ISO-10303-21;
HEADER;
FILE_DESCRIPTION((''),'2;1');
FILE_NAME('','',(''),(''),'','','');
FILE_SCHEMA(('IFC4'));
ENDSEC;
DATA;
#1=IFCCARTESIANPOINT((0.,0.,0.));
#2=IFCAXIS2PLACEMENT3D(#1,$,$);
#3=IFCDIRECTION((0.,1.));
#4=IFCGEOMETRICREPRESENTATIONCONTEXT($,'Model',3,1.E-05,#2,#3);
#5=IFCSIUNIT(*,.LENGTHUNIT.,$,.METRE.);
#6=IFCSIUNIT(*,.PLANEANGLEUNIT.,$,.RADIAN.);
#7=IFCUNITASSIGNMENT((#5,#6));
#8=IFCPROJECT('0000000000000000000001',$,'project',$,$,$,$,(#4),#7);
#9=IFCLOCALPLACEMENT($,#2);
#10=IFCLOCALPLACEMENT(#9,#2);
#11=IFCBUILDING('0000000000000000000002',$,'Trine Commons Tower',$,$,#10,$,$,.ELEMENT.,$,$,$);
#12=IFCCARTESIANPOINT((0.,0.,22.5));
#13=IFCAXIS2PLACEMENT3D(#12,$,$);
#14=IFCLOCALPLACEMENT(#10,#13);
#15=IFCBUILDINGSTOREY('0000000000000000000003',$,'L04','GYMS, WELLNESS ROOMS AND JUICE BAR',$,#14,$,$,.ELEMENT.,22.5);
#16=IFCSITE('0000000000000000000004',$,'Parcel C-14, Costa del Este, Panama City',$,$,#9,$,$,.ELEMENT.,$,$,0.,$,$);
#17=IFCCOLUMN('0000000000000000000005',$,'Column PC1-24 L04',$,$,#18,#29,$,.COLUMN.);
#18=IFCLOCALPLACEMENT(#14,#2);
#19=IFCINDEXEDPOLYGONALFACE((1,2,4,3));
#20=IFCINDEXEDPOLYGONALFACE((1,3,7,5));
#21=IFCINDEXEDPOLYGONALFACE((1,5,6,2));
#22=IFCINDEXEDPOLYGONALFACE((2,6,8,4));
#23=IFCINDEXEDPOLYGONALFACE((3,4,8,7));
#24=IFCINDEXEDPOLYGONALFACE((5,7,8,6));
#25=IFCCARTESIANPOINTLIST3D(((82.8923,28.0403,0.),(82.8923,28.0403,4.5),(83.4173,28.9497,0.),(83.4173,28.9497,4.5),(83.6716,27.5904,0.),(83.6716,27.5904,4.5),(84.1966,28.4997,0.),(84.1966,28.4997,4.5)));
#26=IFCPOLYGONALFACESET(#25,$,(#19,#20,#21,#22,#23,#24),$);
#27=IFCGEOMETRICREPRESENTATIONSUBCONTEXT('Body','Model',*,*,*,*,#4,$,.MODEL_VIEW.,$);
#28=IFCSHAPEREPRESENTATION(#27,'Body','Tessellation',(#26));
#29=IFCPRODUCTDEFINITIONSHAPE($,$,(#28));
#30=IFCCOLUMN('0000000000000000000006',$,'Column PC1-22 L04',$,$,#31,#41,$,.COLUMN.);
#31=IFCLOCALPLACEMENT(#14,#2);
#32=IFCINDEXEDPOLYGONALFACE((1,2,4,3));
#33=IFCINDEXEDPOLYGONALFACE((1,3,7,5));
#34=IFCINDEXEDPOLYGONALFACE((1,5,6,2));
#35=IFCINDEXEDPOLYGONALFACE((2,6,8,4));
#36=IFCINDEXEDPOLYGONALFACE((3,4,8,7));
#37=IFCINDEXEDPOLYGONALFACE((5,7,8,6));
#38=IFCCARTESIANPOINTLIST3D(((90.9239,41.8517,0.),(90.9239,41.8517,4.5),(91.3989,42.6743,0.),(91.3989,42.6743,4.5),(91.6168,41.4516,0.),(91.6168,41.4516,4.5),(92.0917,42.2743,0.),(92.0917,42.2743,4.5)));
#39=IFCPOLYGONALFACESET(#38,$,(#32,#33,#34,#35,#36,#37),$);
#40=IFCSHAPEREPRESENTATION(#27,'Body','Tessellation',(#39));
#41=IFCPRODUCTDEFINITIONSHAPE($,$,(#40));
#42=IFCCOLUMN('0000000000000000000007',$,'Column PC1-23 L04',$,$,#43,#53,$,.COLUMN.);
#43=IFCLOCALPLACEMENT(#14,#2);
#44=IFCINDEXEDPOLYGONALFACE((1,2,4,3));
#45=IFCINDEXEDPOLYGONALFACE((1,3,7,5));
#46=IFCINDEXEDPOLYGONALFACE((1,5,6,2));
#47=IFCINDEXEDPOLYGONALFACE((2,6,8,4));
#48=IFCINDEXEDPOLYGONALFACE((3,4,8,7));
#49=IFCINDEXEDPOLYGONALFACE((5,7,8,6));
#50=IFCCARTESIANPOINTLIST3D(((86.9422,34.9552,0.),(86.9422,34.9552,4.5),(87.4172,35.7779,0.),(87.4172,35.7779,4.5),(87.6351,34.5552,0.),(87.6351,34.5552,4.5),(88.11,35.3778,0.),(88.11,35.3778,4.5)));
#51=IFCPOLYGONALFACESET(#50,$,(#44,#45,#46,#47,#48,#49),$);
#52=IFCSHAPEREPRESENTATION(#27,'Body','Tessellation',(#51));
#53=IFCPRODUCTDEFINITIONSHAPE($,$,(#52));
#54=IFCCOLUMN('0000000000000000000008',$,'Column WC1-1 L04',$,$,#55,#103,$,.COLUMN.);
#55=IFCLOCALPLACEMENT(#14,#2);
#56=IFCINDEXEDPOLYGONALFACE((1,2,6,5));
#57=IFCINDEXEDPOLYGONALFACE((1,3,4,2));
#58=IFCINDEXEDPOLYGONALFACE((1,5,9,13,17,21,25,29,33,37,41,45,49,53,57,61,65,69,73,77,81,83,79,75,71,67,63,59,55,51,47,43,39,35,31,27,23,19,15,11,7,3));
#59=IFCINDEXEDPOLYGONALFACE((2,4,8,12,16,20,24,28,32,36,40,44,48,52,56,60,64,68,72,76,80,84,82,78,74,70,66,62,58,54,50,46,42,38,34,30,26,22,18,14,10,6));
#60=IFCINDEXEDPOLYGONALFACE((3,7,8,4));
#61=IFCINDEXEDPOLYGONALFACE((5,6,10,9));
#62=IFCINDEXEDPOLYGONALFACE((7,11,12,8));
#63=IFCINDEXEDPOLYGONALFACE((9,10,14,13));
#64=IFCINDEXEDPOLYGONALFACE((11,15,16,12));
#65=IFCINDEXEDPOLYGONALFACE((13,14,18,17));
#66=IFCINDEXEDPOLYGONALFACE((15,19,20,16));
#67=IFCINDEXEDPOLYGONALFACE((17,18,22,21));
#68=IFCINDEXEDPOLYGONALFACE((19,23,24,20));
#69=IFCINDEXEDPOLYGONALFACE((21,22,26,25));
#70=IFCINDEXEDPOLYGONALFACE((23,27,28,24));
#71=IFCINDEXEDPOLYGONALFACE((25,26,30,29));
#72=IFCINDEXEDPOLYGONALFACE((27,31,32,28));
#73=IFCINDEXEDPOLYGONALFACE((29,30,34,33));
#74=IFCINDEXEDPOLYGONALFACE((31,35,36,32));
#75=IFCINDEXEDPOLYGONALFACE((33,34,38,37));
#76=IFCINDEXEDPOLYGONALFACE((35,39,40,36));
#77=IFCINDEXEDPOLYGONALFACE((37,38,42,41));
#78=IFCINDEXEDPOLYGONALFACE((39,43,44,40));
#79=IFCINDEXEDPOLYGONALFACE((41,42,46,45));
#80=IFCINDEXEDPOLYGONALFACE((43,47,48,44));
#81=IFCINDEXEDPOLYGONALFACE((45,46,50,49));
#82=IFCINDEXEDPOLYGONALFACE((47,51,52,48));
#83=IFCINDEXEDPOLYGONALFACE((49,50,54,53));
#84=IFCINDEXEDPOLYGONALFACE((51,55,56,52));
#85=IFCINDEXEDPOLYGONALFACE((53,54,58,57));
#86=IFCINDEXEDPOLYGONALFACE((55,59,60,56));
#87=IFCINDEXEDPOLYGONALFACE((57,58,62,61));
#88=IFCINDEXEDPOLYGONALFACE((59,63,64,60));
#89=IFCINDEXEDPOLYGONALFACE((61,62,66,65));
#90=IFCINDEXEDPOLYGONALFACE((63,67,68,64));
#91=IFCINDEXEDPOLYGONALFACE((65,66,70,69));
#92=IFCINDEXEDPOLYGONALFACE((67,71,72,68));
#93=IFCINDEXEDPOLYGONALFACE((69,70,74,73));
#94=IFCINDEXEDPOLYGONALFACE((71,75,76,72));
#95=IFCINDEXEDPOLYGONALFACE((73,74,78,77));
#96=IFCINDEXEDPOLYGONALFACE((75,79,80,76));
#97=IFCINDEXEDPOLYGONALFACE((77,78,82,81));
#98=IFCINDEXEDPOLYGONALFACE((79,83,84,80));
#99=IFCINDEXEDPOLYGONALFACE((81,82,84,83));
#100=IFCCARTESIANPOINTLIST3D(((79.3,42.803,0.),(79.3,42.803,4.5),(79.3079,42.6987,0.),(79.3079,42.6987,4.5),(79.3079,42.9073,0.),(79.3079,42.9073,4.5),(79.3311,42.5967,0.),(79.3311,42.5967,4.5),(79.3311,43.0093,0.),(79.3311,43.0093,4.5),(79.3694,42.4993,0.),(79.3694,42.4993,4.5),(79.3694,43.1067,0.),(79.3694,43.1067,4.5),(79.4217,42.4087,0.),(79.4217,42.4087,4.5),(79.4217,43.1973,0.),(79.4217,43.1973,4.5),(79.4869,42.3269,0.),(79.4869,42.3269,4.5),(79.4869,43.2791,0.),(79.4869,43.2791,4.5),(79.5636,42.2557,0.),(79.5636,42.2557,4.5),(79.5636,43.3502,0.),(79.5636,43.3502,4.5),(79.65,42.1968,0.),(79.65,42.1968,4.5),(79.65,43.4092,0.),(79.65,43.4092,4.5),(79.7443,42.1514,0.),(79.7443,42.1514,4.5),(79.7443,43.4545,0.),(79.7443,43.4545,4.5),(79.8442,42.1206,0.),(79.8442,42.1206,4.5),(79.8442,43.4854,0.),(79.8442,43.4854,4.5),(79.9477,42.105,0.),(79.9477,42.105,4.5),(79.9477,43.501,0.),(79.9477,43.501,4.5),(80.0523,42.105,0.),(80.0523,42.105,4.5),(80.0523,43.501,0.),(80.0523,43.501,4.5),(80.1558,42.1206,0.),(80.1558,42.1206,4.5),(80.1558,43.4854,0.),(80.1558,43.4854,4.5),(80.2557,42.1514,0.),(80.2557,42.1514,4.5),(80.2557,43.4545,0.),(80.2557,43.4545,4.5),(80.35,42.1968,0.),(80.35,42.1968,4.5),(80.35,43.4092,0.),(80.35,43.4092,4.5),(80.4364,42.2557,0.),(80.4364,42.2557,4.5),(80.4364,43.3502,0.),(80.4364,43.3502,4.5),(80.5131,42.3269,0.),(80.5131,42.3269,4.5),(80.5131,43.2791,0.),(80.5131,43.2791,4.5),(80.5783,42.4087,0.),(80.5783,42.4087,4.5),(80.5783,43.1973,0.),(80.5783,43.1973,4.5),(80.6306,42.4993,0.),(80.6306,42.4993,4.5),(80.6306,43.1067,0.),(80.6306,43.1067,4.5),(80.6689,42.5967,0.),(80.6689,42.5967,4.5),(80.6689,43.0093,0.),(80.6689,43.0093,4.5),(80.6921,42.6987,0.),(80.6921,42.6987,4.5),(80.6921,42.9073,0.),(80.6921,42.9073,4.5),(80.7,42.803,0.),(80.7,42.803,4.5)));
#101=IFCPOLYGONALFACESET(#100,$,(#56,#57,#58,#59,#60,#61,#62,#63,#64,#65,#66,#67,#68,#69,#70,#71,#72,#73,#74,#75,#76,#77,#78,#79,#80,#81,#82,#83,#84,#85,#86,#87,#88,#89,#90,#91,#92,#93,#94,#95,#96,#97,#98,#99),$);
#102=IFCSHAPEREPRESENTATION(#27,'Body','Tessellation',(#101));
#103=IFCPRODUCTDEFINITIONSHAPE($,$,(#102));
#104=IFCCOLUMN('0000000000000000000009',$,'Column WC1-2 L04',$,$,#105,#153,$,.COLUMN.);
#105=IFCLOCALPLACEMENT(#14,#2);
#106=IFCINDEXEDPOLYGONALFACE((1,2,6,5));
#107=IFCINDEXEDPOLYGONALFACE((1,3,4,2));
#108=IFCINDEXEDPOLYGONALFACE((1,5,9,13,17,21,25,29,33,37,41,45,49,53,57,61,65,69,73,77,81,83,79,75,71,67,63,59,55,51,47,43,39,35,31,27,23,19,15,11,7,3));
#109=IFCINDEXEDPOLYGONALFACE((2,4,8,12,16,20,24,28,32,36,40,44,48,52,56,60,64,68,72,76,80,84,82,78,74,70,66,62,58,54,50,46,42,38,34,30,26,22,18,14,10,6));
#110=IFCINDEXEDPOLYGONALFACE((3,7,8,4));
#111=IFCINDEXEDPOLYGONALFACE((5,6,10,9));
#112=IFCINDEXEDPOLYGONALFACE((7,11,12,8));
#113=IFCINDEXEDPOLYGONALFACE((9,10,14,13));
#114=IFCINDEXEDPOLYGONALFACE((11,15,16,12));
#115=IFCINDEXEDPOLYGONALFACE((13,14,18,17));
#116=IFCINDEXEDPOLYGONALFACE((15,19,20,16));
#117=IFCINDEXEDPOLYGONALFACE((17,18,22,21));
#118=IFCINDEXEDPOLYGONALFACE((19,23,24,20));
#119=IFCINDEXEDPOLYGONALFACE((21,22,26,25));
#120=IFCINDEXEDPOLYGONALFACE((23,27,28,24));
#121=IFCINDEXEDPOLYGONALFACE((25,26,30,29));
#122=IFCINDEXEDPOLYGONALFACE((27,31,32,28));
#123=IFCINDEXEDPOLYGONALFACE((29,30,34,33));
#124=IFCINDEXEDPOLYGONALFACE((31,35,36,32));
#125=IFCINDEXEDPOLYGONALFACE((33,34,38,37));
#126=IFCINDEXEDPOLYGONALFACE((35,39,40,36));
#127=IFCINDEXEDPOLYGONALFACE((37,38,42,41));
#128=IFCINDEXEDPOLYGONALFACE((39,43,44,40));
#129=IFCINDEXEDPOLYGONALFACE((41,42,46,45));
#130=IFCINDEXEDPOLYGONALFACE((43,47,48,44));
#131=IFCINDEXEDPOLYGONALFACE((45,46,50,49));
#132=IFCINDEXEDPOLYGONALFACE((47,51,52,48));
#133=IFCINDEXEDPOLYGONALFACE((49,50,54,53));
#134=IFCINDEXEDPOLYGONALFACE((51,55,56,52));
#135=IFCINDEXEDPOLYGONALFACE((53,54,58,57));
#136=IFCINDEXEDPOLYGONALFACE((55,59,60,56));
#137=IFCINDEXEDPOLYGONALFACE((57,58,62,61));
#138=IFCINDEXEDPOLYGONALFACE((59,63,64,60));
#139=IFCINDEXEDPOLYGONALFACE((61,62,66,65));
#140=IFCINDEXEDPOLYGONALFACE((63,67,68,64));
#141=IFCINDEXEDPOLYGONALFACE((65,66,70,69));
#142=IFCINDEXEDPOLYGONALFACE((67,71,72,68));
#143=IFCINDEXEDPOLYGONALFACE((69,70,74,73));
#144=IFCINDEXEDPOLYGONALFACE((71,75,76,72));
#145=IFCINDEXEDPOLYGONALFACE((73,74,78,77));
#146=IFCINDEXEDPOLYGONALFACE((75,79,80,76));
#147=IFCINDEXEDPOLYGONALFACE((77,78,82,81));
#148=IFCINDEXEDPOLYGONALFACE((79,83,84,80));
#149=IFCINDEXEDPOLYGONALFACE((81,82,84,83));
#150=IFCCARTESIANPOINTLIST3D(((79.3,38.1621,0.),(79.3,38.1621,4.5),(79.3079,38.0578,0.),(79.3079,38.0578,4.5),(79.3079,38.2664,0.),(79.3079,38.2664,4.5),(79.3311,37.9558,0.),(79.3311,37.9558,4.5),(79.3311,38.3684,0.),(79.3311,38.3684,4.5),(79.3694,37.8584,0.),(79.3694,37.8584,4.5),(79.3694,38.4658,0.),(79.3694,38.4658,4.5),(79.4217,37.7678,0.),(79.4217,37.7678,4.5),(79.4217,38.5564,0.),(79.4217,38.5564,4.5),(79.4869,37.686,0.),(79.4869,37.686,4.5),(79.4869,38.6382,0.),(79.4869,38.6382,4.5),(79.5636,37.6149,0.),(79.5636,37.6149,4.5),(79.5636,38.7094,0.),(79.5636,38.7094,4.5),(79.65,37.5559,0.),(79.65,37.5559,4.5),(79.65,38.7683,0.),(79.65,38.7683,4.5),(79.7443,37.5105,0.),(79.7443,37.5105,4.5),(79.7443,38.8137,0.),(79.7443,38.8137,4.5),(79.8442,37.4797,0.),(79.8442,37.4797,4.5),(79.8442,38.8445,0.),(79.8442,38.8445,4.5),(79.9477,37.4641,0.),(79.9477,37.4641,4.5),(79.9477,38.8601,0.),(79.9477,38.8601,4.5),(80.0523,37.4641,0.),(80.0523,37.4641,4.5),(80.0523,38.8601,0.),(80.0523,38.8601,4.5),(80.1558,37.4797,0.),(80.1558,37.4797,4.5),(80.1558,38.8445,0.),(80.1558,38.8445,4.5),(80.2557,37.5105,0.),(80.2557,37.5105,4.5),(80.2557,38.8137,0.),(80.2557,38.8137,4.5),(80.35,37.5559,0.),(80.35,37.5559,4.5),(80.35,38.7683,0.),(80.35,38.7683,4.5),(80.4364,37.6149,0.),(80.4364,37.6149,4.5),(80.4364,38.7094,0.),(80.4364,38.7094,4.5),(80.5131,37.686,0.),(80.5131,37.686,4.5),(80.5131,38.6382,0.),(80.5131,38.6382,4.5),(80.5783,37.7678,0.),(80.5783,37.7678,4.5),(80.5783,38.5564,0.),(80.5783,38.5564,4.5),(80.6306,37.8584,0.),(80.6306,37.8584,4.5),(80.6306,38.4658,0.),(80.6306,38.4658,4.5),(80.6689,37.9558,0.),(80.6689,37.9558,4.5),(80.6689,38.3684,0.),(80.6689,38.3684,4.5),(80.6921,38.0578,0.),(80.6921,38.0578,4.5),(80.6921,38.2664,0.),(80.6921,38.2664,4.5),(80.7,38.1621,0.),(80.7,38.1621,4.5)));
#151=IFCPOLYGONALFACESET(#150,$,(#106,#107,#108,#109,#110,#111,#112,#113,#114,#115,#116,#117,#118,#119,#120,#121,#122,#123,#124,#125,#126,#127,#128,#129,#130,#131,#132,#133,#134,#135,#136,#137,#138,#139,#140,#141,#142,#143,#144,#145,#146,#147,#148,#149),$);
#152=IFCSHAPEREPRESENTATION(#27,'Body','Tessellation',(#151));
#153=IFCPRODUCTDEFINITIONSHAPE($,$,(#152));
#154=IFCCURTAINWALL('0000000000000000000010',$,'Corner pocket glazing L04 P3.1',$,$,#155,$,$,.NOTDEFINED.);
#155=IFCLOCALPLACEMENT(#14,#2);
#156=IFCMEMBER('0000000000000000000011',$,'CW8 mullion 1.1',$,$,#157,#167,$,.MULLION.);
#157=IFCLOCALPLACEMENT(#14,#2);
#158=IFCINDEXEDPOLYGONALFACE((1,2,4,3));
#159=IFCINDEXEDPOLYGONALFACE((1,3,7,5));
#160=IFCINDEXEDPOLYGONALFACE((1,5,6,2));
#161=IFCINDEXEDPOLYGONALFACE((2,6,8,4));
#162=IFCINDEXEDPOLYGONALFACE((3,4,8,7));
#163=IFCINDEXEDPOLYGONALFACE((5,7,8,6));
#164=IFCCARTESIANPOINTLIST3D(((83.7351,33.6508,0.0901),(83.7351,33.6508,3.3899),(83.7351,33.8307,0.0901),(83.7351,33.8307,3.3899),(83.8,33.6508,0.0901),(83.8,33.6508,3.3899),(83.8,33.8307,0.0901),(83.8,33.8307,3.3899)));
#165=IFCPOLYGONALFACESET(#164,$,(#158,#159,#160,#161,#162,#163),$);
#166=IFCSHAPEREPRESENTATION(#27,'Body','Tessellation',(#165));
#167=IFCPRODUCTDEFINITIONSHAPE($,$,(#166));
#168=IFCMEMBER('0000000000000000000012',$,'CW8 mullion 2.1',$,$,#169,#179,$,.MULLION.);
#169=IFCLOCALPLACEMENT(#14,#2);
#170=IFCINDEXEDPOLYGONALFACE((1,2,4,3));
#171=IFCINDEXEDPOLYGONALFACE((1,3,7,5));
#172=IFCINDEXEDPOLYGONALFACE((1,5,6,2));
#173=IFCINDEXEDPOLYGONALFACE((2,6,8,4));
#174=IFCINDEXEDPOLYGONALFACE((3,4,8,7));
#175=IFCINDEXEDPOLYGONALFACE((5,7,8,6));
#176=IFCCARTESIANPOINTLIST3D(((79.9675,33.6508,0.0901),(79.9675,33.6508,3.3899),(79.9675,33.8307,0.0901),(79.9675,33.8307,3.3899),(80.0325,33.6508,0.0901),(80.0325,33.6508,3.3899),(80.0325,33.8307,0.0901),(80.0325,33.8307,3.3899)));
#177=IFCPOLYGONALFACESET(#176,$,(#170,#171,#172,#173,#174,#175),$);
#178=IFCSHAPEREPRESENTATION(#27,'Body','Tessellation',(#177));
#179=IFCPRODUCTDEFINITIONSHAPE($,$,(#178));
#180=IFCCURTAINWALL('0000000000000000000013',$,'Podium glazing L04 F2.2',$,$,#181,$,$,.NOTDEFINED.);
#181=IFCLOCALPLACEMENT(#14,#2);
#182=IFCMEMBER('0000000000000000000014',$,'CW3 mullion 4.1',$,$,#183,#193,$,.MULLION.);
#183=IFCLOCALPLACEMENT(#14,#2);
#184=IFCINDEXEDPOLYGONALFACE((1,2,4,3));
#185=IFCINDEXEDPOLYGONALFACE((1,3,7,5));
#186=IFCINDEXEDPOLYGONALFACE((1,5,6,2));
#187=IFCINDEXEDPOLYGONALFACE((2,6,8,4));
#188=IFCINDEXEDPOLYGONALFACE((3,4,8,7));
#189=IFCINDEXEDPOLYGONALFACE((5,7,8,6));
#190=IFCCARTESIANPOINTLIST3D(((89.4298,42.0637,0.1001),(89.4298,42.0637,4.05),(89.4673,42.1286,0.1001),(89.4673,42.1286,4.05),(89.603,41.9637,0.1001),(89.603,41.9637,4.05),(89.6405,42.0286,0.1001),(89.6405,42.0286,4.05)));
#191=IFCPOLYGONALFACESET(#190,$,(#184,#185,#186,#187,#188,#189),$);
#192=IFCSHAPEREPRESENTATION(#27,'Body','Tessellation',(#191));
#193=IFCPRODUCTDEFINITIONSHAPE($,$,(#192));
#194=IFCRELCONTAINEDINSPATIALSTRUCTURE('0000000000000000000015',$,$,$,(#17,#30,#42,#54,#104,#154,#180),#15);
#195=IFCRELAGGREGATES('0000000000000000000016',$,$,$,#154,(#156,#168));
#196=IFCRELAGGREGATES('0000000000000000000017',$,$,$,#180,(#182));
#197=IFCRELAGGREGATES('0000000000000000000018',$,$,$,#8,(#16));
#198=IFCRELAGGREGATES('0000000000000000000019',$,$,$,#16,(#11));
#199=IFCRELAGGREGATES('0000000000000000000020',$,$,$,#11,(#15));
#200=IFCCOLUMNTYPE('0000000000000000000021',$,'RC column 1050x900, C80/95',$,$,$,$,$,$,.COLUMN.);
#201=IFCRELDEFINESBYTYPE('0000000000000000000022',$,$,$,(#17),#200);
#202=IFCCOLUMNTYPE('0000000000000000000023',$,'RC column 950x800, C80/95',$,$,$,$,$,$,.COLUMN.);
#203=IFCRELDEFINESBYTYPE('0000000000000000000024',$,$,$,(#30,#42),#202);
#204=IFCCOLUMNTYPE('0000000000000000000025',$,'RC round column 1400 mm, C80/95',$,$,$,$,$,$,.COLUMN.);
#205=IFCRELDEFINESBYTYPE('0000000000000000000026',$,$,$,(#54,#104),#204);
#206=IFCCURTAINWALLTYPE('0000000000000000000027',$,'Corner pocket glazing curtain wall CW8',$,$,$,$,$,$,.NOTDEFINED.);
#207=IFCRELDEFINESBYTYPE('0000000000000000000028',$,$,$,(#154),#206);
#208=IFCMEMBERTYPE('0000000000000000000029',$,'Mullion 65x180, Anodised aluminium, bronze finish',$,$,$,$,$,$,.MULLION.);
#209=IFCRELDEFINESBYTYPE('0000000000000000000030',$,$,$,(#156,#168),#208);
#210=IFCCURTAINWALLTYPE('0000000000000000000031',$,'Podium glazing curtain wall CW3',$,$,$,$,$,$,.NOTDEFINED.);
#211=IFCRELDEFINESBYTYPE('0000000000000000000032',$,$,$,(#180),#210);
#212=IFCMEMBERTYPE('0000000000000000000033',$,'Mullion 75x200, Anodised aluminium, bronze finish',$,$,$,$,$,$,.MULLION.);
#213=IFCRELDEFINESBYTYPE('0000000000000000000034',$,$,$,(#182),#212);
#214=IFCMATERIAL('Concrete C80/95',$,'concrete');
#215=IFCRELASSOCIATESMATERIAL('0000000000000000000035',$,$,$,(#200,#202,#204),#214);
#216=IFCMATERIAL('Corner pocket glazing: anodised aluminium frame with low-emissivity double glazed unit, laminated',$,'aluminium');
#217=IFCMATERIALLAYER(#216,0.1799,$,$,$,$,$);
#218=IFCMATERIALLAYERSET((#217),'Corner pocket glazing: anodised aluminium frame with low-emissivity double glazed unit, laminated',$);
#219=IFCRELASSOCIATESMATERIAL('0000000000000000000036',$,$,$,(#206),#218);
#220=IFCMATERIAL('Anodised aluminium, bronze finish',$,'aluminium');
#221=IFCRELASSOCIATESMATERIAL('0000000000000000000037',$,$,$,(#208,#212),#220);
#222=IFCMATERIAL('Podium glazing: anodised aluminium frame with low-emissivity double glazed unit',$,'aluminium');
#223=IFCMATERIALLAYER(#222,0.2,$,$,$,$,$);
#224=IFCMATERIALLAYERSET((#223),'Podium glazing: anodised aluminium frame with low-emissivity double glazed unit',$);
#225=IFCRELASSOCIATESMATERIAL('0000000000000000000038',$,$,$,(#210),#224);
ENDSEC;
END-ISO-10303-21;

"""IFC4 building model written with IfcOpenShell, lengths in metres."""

from ifc_helpers import new_model, si_unit, direction, frame, origin, origin_2d, place, context, subcontext, project, spatial, rectangle, circle, extrude, material, layer, layer_set, material_profile, profile_set, type_object, element, aggregate, save


model = new_model("IFC4")

# Units and contexts
model_context = context("Model", 3, precision=1e-05, world=origin(), true_north=direction((0.0, 1.0)))
body_context = subcontext(model_context, "Body", "Model", "MODEL_VIEW")
ifc_project = project(units=[si_unit("LENGTHUNIT", "METRE"), si_unit("PLANEANGLEUNIT", "RADIAN")], contexts=[model_context])

# Site, building, storey
site_placement = place(None, origin())
site = spatial("IfcSite", under=ifc_project, at=site_placement, Name="Parcel C-14, Costa del Este, Panama City", CompositionType="ELEMENT", RefElevation=0.0)
building_placement = place(site_placement, origin())
building = spatial("IfcBuilding", under=site, at=building_placement, Name="Trine Commons Tower", CompositionType="ELEMENT")
storey_placement = place(building_placement, frame((0.0, 0.0, 22.5)))
storey = spatial("IfcBuildingStorey", under=building, at=storey_placement, Name="L04", Description="GYMS, WELLNESS ROOMS AND JUICE BAR", CompositionType="ELEMENT", Elevation=22.5)

# Columns
ifc_material_1 = material(Name="Concrete C80/95", Category="concrete")
ifc_material_profile_1 = material_profile(ifc_material_1, rectangle(XDim=1.05, YDim=0.8999, at=origin_2d()), Name="RC 1050x900")
ifc_profile_set_1 = profile_set([ifc_material_profile_1], Name="Concrete C80/95")
column_type_1 = type_object("IfcColumnType", Name="RC column 1050x900, C80/95", PredefinedType="COLUMN", material=ifc_profile_set_1)
column_placement = place(storey_placement, frame((83.5444, 28.27, 0.0), z_axis=(0.0, 0.0, 1.0), x_axis=(0.5, 0.866025, 0.0)))
element("IfcColumn", 1, at=column_placement, inside=storey, type_object=column_type_1, Name="Column PC1-24 L04", PredefinedType="COLUMN", context=body_context, shape_type="SweptSolid", body=[
    extrude(rectangle(XDim=1.05, YDim=0.8999, at=origin_2d()), origin(), (0.0, 0.0, 1.0), 4.5),
])
ifc_material_profile_2 = material_profile(ifc_material_1, rectangle(XDim=0.95, YDim=0.8, at=origin_2d()), Name="RC 950x800")
ifc_profile_set_2 = profile_set([ifc_material_profile_2], Name="Concrete C80/95")
column_type_2 = type_object("IfcColumnType", Name="RC column 950x800, C80/95", PredefinedType="COLUMN", material=ifc_profile_set_2)
for number, where, z_axis, x_axis, name in (
    (2, (91.5078, 42.063, 0.0), (0.0, 0.0, 1.0), (0.5, 0.866025, 0.0), "Column PC1-22 L04"),
    (3, (87.5261, 35.1665, 0.0), (0.0, 0.0, 1.0), (0.5, 0.866025, 0.0), "Column PC1-23 L04"),
):
    element("IfcColumn", number, at=place(storey_placement, frame(where, z_axis=z_axis, x_axis=x_axis)), inside=storey, type_object=column_type_2, Name=name, PredefinedType="COLUMN", context=body_context, shape_type="SweptSolid", body=[
        extrude(rectangle(XDim=0.95, YDim=0.8, at=origin_2d()), origin(), (0.0, 0.0, 1.0), 4.5),
    ])
ifc_material_profile_3 = material_profile(ifc_material_1, circle(Radius=0.7, at=origin_2d()), Name="RC round 1400")
ifc_profile_set_3 = profile_set([ifc_material_profile_3], Name="Concrete C80/95")
column_type_3 = type_object("IfcColumnType", Name="RC round column 1400 mm, C80/95", PredefinedType="COLUMN", material=ifc_profile_set_3)
for number, where, z_axis, x_axis, name in (
    (4, (80.0, 42.803, 0.0), (0.0, 0.0, 1.0), (1.0, 0.0, 0.0), "Column WC1-1 L04"),
    (5, (80.0, 38.1621, 0.0), (0.0, 0.0, 1.0), (1.0, 0.0, 0.0), "Column WC1-2 L04"),
):
    element("IfcColumn", number, at=place(storey_placement, frame(where, z_axis=z_axis, x_axis=x_axis)), inside=storey, type_object=column_type_3, Name=name, PredefinedType="COLUMN", context=body_context, shape_type="SweptSolid", body=[
        extrude(circle(Radius=0.7, at=origin_2d()), origin(), (0.0, 0.0, 1.0), 4.5),
    ])

# Curtain walls, members
ifc_material_2 = material(Name="Corner pocket glazing: anodised aluminium frame with low-emissivity double glazed unit, laminated", Category="aluminium")
ifc_layer_1 = layer(ifc_material_2, 0.1799)
ifc_layer_set_1 = layer_set([ifc_layer_1], Name="Corner pocket glazing: anodised aluminium frame with low-emissivity double glazed unit, laminated")
curtain_wall_type_1 = type_object("IfcCurtainWallType", Name="Corner pocket glazing curtain wall CW8", PredefinedType="NOTDEFINED", material=ifc_layer_set_1)
curtain_wall_1_placement = place(storey_placement, origin())
curtain_wall_1 = element("IfcCurtainWall", 6, at=curtain_wall_1_placement, inside=storey, type_object=curtain_wall_type_1, Name="Corner pocket glazing L04 P3.1", PredefinedType="NOTDEFINED")
ifc_material_3 = material(Name="Anodised aluminium, bronze finish", Category="aluminium")
ifc_material_profile_4 = material_profile(ifc_material_3, rectangle(XDim=0.1799, YDim=0.0649, at=origin_2d()), Name="Mullion 65x180")
ifc_profile_set_4 = profile_set([ifc_material_profile_4], Name="Anodised aluminium, bronze finish")
member_type_1 = type_object("IfcMemberType", Name="Mullion 65x180, Anodised aluminium, bronze finish", PredefinedType="MULLION", material=ifc_profile_set_4)
member_1_placement = place(storey_placement, frame((83.7676, 33.7407, 0.0901), z_axis=(0.0, 0.0, 1.0), x_axis=(0.0, -1.0, 0.0)))
member_1 = element("IfcMember", 7, at=member_1_placement, type_object=member_type_1, Name="CW8 mullion 1.1", PredefinedType="MULLION", context=body_context, shape_type="SweptSolid", body=[
    extrude(rectangle(XDim=0.1799, YDim=0.0649, at=origin_2d()), origin(), (0.0, 0.0, 1.0), 3.2998),
])
member_2_placement = place(storey_placement, frame((80.0, 33.7407, 0.0901), z_axis=(0.0, 0.0, 1.0), x_axis=(0.0, -1.0, 0.0)))
member_2 = element("IfcMember", 8, at=member_2_placement, type_object=member_type_1, Name="CW8 mullion 2.1", PredefinedType="MULLION", context=body_context, shape_type="SweptSolid", body=[
    extrude(rectangle(XDim=0.1799, YDim=0.0649, at=origin_2d()), origin(), (0.0, 0.0, 1.0), 3.2998),
])
ifc_material_4 = material(Name="Podium glazing: anodised aluminium frame with low-emissivity double glazed unit", Category="aluminium")
ifc_layer_2 = layer(ifc_material_4, 0.2)
ifc_layer_set_2 = layer_set([ifc_layer_2], Name="Podium glazing: anodised aluminium frame with low-emissivity double glazed unit")
curtain_wall_type_2 = type_object("IfcCurtainWallType", Name="Podium glazing curtain wall CW3", PredefinedType="NOTDEFINED", material=ifc_layer_set_2)
curtain_wall_2_placement = place(storey_placement, origin())
curtain_wall_2 = element("IfcCurtainWall", 9, at=curtain_wall_2_placement, inside=storey, type_object=curtain_wall_type_2, Name="Podium glazing L04 F2.2", PredefinedType="NOTDEFINED")
ifc_material_profile_5 = material_profile(ifc_material_3, rectangle(XDim=0.2, YDim=0.075, at=origin_2d()), Name="Mullion 75x200")
ifc_profile_set_5 = profile_set([ifc_material_profile_5], Name="Anodised aluminium, bronze finish")
member_type_2 = type_object("IfcMemberType", Name="Mullion 75x200, Anodised aluminium, bronze finish", PredefinedType="MULLION", material=ifc_profile_set_5)
member_3_placement = place(storey_placement, frame((89.5352, 42.0461, 0.1001), z_axis=(0.0, 0.0, 1.0), x_axis=(0.866025, -0.5, 0.0)))
member_3 = element("IfcMember", 10, at=member_3_placement, type_object=member_type_2, Name="CW3 mullion 4.1", PredefinedType="MULLION", context=body_context, shape_type="SweptSolid", body=[
    extrude(rectangle(XDim=0.2, YDim=0.075, at=origin_2d()), origin(), (0.0, 0.0, 1.0), 3.95),
])

aggregate(curtain_wall_1, [member_1, member_2])
aggregate(curtain_wall_2, [member_3])

save(model, "model.ifc")
